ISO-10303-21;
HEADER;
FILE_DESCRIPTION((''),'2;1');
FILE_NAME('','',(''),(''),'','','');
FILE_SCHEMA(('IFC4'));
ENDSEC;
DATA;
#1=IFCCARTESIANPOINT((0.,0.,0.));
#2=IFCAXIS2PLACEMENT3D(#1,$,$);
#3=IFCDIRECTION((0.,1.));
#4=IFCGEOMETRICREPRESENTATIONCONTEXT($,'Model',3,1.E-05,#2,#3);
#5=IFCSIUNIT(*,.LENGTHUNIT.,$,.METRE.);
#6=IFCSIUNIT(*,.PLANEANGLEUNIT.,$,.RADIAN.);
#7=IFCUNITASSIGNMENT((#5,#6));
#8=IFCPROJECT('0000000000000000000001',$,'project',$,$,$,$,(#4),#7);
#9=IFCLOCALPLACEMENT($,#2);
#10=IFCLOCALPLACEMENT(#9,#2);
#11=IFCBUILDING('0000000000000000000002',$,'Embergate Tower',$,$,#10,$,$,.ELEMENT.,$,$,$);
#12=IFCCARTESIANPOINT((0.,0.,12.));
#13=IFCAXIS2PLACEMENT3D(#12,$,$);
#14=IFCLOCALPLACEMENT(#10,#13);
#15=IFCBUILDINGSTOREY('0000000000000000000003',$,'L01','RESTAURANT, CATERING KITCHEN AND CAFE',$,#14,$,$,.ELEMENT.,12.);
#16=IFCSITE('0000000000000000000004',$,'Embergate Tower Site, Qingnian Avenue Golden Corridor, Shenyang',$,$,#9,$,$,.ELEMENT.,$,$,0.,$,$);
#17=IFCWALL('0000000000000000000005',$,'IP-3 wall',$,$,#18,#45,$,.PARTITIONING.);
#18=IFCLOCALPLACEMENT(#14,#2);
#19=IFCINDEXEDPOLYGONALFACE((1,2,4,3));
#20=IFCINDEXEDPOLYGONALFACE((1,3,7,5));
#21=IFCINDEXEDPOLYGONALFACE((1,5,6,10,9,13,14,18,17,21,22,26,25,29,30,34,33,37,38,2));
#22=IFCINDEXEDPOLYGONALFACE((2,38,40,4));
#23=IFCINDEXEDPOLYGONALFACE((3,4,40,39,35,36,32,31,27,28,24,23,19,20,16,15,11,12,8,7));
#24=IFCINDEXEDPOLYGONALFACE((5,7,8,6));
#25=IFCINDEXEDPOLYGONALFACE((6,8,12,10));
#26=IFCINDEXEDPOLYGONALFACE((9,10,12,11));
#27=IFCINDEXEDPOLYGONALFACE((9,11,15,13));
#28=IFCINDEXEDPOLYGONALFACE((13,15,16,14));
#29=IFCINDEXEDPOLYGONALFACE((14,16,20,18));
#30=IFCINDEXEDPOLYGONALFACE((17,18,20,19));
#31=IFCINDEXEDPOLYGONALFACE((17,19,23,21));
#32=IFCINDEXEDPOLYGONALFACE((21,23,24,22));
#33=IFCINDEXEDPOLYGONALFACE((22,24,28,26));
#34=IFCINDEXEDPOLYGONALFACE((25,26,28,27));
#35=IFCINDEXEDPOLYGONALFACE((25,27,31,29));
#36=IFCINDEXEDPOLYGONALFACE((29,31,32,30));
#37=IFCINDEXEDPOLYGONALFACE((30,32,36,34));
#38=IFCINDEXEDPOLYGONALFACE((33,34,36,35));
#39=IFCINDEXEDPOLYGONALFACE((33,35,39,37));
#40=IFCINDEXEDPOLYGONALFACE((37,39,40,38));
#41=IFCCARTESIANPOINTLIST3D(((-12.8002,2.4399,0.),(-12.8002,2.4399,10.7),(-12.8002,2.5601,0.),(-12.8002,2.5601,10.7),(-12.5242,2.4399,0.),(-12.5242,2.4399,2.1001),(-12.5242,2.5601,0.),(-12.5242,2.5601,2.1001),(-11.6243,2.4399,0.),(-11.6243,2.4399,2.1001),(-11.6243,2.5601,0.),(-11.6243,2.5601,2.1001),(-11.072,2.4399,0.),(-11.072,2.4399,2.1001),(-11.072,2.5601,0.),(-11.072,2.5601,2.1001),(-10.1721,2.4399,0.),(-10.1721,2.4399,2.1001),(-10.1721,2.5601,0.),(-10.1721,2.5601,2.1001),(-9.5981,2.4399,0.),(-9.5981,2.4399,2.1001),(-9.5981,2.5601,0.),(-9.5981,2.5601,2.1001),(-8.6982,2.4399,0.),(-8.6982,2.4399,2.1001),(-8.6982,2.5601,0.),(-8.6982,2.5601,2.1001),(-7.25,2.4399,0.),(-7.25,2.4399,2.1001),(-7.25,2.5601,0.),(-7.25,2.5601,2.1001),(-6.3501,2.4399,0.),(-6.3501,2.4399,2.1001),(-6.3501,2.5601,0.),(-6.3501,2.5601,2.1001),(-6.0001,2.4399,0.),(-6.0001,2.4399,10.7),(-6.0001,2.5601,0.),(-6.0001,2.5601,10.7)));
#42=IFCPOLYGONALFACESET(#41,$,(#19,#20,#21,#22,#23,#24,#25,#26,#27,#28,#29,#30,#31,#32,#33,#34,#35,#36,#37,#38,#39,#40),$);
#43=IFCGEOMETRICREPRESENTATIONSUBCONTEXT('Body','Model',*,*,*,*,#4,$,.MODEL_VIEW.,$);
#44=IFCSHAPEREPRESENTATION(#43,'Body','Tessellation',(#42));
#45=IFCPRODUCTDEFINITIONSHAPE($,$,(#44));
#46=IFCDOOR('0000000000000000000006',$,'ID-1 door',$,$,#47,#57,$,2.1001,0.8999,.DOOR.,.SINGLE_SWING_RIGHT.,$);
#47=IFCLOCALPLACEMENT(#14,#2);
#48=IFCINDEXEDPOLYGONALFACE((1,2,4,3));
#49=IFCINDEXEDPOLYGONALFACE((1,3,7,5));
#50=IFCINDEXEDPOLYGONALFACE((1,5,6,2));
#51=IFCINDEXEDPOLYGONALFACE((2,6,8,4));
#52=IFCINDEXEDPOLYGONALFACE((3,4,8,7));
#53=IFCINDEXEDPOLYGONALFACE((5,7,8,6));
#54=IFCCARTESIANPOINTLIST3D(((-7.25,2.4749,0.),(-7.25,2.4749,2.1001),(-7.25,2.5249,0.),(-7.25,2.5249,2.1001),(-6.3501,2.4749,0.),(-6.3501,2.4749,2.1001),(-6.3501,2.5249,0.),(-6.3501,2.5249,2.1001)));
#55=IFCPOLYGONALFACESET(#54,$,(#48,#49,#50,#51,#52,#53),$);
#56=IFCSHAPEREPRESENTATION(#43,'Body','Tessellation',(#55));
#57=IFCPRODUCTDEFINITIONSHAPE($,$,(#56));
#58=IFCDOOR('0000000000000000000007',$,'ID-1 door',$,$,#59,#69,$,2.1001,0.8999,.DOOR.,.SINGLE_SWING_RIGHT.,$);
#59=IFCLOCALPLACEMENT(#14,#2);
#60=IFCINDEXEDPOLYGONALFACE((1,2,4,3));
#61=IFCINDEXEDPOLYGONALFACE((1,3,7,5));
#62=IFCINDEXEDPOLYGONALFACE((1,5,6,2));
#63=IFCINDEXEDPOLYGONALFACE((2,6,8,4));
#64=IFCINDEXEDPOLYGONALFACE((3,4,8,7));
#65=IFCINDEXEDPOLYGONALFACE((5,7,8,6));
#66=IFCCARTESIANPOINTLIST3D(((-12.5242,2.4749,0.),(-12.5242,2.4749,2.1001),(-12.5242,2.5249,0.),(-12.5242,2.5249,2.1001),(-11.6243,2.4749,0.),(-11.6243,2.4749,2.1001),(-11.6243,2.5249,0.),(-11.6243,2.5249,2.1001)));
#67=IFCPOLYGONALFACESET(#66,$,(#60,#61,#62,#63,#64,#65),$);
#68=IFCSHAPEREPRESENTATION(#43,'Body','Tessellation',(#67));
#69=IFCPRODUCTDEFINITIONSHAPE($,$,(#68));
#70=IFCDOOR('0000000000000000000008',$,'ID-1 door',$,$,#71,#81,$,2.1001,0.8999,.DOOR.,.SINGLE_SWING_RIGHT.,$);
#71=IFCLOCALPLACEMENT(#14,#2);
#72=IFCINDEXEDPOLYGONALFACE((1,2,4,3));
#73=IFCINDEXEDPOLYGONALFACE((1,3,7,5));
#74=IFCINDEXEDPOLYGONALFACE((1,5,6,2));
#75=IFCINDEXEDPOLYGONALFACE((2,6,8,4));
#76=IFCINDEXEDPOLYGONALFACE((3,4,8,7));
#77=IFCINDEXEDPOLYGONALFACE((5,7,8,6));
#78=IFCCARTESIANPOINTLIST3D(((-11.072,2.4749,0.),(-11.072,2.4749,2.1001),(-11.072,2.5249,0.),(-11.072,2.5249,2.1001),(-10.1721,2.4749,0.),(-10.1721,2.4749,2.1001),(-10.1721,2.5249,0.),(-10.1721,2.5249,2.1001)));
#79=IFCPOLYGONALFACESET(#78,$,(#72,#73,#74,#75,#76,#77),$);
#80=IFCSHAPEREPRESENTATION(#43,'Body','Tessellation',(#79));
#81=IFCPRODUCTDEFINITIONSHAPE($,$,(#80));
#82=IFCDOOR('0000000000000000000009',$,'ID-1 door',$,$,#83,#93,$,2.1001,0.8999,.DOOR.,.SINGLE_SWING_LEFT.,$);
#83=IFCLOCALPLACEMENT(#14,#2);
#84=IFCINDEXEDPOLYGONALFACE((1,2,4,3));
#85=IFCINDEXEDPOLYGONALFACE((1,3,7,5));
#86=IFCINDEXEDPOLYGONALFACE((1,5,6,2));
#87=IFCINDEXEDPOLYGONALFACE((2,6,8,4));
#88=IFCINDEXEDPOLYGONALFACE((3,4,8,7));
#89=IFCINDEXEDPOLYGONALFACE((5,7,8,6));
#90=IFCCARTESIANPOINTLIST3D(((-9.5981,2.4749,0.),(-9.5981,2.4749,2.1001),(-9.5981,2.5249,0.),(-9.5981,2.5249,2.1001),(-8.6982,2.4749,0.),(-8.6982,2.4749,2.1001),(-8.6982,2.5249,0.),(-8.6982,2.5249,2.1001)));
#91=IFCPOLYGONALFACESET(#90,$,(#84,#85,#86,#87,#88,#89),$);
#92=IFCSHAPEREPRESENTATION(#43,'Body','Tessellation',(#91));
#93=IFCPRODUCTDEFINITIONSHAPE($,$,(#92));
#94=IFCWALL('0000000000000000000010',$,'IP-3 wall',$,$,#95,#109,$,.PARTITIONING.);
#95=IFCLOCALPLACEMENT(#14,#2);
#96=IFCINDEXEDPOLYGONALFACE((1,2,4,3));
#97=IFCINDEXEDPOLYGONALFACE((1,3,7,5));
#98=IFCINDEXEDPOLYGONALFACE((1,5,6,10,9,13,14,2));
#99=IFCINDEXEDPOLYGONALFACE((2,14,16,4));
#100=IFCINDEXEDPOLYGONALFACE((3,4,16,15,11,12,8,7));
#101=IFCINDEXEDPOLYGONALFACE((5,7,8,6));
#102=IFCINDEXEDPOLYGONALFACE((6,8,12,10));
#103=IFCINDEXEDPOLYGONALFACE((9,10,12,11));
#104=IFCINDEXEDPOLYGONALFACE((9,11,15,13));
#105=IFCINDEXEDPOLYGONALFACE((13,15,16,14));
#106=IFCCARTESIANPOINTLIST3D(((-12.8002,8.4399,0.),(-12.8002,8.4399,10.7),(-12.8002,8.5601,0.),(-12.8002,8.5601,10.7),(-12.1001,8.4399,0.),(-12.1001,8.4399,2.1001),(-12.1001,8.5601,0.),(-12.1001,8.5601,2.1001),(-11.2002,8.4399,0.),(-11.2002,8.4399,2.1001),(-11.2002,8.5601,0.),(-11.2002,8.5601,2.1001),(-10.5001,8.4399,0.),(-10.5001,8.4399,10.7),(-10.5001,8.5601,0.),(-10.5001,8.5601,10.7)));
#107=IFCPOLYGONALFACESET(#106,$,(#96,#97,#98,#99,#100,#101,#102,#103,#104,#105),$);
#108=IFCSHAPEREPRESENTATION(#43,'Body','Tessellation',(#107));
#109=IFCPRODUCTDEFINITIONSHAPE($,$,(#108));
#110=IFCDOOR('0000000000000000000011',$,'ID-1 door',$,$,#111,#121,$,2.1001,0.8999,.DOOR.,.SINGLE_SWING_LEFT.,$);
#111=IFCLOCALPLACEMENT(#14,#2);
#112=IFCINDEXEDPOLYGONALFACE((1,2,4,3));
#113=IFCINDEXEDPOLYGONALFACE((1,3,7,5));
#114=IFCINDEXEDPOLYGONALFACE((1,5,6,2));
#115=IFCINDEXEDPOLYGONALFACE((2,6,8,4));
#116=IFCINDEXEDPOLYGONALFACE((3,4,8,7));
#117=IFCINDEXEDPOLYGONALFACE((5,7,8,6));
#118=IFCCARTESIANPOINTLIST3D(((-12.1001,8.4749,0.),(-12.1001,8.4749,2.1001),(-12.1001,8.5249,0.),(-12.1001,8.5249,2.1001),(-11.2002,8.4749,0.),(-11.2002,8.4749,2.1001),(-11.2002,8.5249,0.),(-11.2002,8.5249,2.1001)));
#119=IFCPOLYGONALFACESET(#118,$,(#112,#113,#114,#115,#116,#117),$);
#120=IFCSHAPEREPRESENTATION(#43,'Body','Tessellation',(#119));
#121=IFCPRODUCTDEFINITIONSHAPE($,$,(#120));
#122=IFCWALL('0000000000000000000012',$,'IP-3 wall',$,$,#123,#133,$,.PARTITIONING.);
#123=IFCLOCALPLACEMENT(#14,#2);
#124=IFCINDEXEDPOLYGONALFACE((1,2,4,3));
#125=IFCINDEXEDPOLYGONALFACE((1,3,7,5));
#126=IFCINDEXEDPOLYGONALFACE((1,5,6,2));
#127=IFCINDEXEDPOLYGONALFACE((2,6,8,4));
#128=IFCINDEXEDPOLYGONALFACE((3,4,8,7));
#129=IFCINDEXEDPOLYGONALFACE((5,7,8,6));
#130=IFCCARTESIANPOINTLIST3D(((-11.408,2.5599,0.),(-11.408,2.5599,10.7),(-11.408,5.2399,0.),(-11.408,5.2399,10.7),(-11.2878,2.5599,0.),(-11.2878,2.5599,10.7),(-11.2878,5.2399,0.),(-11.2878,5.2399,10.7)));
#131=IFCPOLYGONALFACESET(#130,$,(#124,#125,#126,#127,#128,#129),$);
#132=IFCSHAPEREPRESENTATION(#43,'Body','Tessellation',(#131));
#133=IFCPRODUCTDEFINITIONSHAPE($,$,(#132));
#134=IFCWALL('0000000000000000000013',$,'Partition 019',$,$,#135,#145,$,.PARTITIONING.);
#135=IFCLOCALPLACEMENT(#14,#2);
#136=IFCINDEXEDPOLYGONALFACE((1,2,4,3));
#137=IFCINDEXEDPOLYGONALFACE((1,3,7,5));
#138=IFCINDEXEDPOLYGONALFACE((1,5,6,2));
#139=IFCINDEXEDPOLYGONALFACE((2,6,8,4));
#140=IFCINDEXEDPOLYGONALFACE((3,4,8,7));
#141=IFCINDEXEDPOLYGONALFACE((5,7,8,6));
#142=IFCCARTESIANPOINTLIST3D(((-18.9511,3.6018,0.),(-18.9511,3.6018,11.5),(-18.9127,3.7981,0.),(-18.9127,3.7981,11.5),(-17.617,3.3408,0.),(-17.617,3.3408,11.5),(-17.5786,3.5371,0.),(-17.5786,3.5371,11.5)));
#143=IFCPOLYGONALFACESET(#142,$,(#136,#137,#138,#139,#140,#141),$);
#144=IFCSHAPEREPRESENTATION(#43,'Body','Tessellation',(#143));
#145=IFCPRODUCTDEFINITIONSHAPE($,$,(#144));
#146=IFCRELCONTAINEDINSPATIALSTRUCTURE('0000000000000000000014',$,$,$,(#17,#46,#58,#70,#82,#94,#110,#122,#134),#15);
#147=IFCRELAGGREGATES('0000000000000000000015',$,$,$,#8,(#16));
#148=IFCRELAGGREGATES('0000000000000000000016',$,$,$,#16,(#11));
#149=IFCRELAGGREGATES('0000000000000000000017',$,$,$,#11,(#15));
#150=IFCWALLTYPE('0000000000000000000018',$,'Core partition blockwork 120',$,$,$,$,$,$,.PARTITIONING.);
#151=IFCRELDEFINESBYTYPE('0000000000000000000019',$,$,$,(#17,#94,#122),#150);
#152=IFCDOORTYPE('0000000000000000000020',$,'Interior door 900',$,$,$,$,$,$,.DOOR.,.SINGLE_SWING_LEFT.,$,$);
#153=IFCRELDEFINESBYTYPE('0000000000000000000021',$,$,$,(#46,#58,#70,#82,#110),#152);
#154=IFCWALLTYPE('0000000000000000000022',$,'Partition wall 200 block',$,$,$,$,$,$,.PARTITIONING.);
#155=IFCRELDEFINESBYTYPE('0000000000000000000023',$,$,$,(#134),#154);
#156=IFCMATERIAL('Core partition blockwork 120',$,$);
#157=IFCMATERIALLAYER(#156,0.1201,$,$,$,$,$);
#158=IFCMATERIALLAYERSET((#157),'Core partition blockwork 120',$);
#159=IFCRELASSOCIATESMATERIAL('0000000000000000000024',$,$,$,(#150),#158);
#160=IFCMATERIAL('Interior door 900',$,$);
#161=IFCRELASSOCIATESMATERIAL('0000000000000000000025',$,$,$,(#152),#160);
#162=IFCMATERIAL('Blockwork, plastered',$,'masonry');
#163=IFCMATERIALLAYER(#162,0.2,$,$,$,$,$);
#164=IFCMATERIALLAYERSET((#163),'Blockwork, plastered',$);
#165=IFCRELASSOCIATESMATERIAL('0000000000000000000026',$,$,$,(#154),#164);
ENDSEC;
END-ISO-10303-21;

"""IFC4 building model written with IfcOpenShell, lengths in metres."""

from ifc_helpers import new_model, si_unit, direction, frame, frame_2d, origin, place, context, subcontext, project, spatial, rectangle, extrude, source, transform, mapped, material, layer, layer_set, type_object, element, fill, save


model = new_model("IFC4")

# Units and contexts
model_context = context("Model", 3, precision=1e-05, world=origin(), true_north=direction((0.0, 1.0)))
body_context = subcontext(model_context, "Body", "Model", "MODEL_VIEW")
ifc_project = project(units=[si_unit("LENGTHUNIT", "METRE"), si_unit("PLANEANGLEUNIT", "RADIAN")], contexts=[model_context])

# Site, building, storey
site_placement = place(None, origin())
site = spatial("IfcSite", under=ifc_project, at=site_placement, Name="Embergate Tower Site, Qingnian Avenue Golden Corridor, Shenyang", CompositionType="ELEMENT", RefElevation=0.0)
building_placement = place(site_placement, origin())
building = spatial("IfcBuilding", under=site, at=building_placement, Name="Embergate Tower", CompositionType="ELEMENT")
storey_placement = place(building_placement, frame((0.0, 0.0, 12.0)))
storey = spatial("IfcBuildingStorey", under=building, at=storey_placement, Name="L01", Description="RESTAURANT, CATERING KITCHEN AND CAFE", CompositionType="ELEMENT", Elevation=12.0)

# Wall, openings, doors
ifc_material_1 = material(Name="Core partition blockwork 120")
ifc_layer_1 = layer(ifc_material_1, 0.1201)
ifc_layer_set_1 = layer_set([ifc_layer_1], Name="Core partition blockwork 120")
wall_type_1 = type_object("IfcWallType", Name="Core partition blockwork 120", PredefinedType="PARTITIONING", material=ifc_layer_set_1)
shared_shape_1 = source(origin(), body_context, "Body", "SweptSolid", [
    extrude(rectangle(XDim=6.8, YDim=0.1201, at=frame_2d((3.3999, 0.0))), origin(), (0.0, 0.0, 1.0), 10.7),
])
wall_1_placement = place(storey_placement, frame((-12.8, 2.5, 0.0), z_axis=(0.0, 0.0, 1.0), x_axis=(1.0, 0.0, 0.0)))
wall_1 = element("IfcWall", 1, at=wall_1_placement, inside=storey, type_object=wall_type_1, Name="IP-3 wall", PredefinedType="PARTITIONING", context=body_context, shape_type="MappedRepresentation", body=[
    mapped(shared_shape_1, transform((0.0, 0.0, 0.0))),
])
shared_shape_2 = source(origin(), body_context, "Body", "SweptSolid", [
    extrude(rectangle(XDim=0.8999, YDim=2.1001, at=frame_2d((0.45, 1.05))), frame((0.0, 0.0701, 0.0), z_axis=(0.0, -1.0, 0.0), x_axis=(1.0, 0.0, 0.0)), (0.0, 0.0, 1.0), 0.1401),
])
opening_1_placement = place(wall_1_placement, frame((5.55, 0.0, 0.0)))
opening_1 = element("IfcOpeningElement", 2, at=opening_1_placement, cuts=wall_1, PredefinedType="OPENING", context=body_context, shape_type="MappedRepresentation", body=[
    mapped(shared_shape_2, transform((0.0, 0.0, 0.0))),
])
opening_2_placement = place(wall_1_placement, frame((0.2759, 0.0, 0.0)))
opening_2 = element("IfcOpeningElement", 3, at=opening_2_placement, cuts=wall_1, PredefinedType="OPENING", context=body_context, shape_type="MappedRepresentation", body=[
    mapped(shared_shape_2, transform((0.0, 0.0, 0.0))),
])
opening_3_placement = place(wall_1_placement, frame((1.728, 0.0, 0.0)))
opening_3 = element("IfcOpeningElement", 4, at=opening_3_placement, cuts=wall_1, PredefinedType="OPENING", context=body_context, shape_type="MappedRepresentation", body=[
    mapped(shared_shape_2, transform((0.0, 0.0, 0.0))),
])
opening_4_placement = place(wall_1_placement, frame((3.2019, 0.0, 0.0)))
opening_4 = element("IfcOpeningElement", 5, at=opening_4_placement, cuts=wall_1, PredefinedType="OPENING", context=body_context, shape_type="MappedRepresentation", body=[
    mapped(shared_shape_2, transform((0.0, 0.0, 0.0))),
])
ifc_material_2 = material(Name="Interior door 900")
door_type_1 = type_object("IfcDoorType", Name="Interior door 900", OperationType="SINGLE_SWING_LEFT", PredefinedType="DOOR", material=ifc_material_2)
shared_shape_3 = source(origin(), body_context, "Body", "SweptSolid", [
    extrude(rectangle(XDim=0.8999, YDim=2.1001, at=frame_2d((0.45, 1.05))), frame((0.0, 0.0249, 0.0), z_axis=(0.0, -1.0, 0.0), x_axis=(1.0, 0.0, 0.0)), (0.0, 0.0, 1.0), 0.05),
])
door_1_placement = place(opening_1_placement, origin())
door_1 = element("IfcDoor", 6, at=door_1_placement, inside=storey, type_object=door_type_1, Name="ID-1 door", OperationType="SINGLE_SWING_RIGHT", OverallHeight=2.1001, OverallWidth=0.8999, PredefinedType="DOOR", context=body_context, shape_type="MappedRepresentation", body=[
    mapped(shared_shape_3, transform((0.0, 0.0, 0.0))),
])
fill(opening_1, door_1)
door_2_placement = place(opening_2_placement, origin())
door_2 = element("IfcDoor", 7, at=door_2_placement, inside=storey, type_object=door_type_1, Name="ID-1 door", OperationType="SINGLE_SWING_RIGHT", OverallHeight=2.1001, OverallWidth=0.8999, PredefinedType="DOOR", context=body_context, shape_type="MappedRepresentation", body=[
    mapped(shared_shape_3, transform((0.0, 0.0, 0.0))),
])
fill(opening_2, door_2)
door_3_placement = place(opening_3_placement, origin())
door_3 = element("IfcDoor", 8, at=door_3_placement, inside=storey, type_object=door_type_1, Name="ID-1 door", OperationType="SINGLE_SWING_RIGHT", OverallHeight=2.1001, OverallWidth=0.8999, PredefinedType="DOOR", context=body_context, shape_type="MappedRepresentation", body=[
    mapped(shared_shape_3, transform((0.0, 0.0, 0.0))),
])
fill(opening_3, door_3)
door_4_placement = place(opening_4_placement, origin())
door_4 = element("IfcDoor", 9, at=door_4_placement, inside=storey, type_object=door_type_1, Name="ID-1 door", OperationType="SINGLE_SWING_LEFT", OverallHeight=2.1001, OverallWidth=0.8999, PredefinedType="DOOR", context=body_context, shape_type="MappedRepresentation", body=[
    mapped(shared_shape_3, transform((0.0, 0.0, 0.0))),
])
fill(opening_4, door_4)

# Wall, opening, door
shared_shape_4 = source(origin(), body_context, "Body", "SweptSolid", [
    extrude(rectangle(XDim=2.3, YDim=0.1201, at=frame_2d((1.1499, 0.0))), origin(), (0.0, 0.0, 1.0), 10.7),
])
wall_2_placement = place(storey_placement, frame((-12.8, 8.5, 0.0), z_axis=(0.0, 0.0, 1.0), x_axis=(1.0, 0.0, 0.0)))
wall_2 = element("IfcWall", 10, at=wall_2_placement, inside=storey, type_object=wall_type_1, Name="IP-3 wall", PredefinedType="PARTITIONING", context=body_context, shape_type="MappedRepresentation", body=[
    mapped(shared_shape_4, transform((0.0, 0.0, 0.0))),
])
opening_5_placement = place(wall_2_placement, frame((0.7, 0.0, 0.0)))
opening_5 = element("IfcOpeningElement", 11, at=opening_5_placement, cuts=wall_2, PredefinedType="OPENING", context=body_context, shape_type="MappedRepresentation", body=[
    mapped(shared_shape_2, transform((0.0, 0.0, 0.0))),
])
door_5_placement = place(opening_5_placement, origin())
door_5 = element("IfcDoor", 12, at=door_5_placement, inside=storey, type_object=door_type_1, Name="ID-1 door", OperationType="SINGLE_SWING_LEFT", OverallHeight=2.1001, OverallWidth=0.8999, PredefinedType="DOOR", context=body_context, shape_type="MappedRepresentation", body=[
    mapped(shared_shape_3, transform((0.0, 0.0, 0.0))),
])
fill(opening_5, door_5)

# Walls
shared_shape_5 = source(origin(), body_context, "Body", "SweptSolid", [
    extrude(rectangle(XDim=2.6799, YDim=0.1201, at=frame_2d((1.3398, 0.0))), origin(), (0.0, 0.0, 1.0), 10.7),
])
wall_3_placement = place(storey_placement, frame((-11.3479, 2.5601, 0.0), z_axis=(0.0, 0.0, 1.0), x_axis=(0.0, 1.0, 0.0)))
element("IfcWall", 13, at=wall_3_placement, inside=storey, type_object=wall_type_1, Name="IP-3 wall", PredefinedType="PARTITIONING", context=body_context, shape_type="MappedRepresentation", body=[
    mapped(shared_shape_5, transform((0.0, 0.0, 0.0))),
])
ifc_material_3 = material(Name="Blockwork, plastered", Category="masonry")
ifc_layer_2 = layer(ifc_material_3, 0.2)
ifc_layer_set_2 = layer_set([ifc_layer_2], Name="Blockwork, plastered")
wall_type_2 = type_object("IfcWallType", Name="Partition wall 200 block", PredefinedType="PARTITIONING", material=ifc_layer_set_2)
shared_shape_6 = source(origin(), body_context, "Body", "SweptSolid", [
    extrude(rectangle(XDim=1.3594, YDim=0.2, at=frame_2d((0.6797, 0.0))), origin(), (0.0, 0.0, 1.0), 11.5),
])
wall_4_placement = place(storey_placement, frame((-18.9319, 3.7, 0.0), z_axis=(0.0, 0.0, 1.0), x_axis=(0.981394, -0.192004, 0.0)))
element("IfcWall", 14, at=wall_4_placement, inside=storey, type_object=wall_type_2, Name="Partition 019", PredefinedType="PARTITIONING", context=body_context, shape_type="MappedRepresentation", body=[
    mapped(shared_shape_6, transform((0.0, 0.0, 0.0))),
])

save(model, "model.ifc")
